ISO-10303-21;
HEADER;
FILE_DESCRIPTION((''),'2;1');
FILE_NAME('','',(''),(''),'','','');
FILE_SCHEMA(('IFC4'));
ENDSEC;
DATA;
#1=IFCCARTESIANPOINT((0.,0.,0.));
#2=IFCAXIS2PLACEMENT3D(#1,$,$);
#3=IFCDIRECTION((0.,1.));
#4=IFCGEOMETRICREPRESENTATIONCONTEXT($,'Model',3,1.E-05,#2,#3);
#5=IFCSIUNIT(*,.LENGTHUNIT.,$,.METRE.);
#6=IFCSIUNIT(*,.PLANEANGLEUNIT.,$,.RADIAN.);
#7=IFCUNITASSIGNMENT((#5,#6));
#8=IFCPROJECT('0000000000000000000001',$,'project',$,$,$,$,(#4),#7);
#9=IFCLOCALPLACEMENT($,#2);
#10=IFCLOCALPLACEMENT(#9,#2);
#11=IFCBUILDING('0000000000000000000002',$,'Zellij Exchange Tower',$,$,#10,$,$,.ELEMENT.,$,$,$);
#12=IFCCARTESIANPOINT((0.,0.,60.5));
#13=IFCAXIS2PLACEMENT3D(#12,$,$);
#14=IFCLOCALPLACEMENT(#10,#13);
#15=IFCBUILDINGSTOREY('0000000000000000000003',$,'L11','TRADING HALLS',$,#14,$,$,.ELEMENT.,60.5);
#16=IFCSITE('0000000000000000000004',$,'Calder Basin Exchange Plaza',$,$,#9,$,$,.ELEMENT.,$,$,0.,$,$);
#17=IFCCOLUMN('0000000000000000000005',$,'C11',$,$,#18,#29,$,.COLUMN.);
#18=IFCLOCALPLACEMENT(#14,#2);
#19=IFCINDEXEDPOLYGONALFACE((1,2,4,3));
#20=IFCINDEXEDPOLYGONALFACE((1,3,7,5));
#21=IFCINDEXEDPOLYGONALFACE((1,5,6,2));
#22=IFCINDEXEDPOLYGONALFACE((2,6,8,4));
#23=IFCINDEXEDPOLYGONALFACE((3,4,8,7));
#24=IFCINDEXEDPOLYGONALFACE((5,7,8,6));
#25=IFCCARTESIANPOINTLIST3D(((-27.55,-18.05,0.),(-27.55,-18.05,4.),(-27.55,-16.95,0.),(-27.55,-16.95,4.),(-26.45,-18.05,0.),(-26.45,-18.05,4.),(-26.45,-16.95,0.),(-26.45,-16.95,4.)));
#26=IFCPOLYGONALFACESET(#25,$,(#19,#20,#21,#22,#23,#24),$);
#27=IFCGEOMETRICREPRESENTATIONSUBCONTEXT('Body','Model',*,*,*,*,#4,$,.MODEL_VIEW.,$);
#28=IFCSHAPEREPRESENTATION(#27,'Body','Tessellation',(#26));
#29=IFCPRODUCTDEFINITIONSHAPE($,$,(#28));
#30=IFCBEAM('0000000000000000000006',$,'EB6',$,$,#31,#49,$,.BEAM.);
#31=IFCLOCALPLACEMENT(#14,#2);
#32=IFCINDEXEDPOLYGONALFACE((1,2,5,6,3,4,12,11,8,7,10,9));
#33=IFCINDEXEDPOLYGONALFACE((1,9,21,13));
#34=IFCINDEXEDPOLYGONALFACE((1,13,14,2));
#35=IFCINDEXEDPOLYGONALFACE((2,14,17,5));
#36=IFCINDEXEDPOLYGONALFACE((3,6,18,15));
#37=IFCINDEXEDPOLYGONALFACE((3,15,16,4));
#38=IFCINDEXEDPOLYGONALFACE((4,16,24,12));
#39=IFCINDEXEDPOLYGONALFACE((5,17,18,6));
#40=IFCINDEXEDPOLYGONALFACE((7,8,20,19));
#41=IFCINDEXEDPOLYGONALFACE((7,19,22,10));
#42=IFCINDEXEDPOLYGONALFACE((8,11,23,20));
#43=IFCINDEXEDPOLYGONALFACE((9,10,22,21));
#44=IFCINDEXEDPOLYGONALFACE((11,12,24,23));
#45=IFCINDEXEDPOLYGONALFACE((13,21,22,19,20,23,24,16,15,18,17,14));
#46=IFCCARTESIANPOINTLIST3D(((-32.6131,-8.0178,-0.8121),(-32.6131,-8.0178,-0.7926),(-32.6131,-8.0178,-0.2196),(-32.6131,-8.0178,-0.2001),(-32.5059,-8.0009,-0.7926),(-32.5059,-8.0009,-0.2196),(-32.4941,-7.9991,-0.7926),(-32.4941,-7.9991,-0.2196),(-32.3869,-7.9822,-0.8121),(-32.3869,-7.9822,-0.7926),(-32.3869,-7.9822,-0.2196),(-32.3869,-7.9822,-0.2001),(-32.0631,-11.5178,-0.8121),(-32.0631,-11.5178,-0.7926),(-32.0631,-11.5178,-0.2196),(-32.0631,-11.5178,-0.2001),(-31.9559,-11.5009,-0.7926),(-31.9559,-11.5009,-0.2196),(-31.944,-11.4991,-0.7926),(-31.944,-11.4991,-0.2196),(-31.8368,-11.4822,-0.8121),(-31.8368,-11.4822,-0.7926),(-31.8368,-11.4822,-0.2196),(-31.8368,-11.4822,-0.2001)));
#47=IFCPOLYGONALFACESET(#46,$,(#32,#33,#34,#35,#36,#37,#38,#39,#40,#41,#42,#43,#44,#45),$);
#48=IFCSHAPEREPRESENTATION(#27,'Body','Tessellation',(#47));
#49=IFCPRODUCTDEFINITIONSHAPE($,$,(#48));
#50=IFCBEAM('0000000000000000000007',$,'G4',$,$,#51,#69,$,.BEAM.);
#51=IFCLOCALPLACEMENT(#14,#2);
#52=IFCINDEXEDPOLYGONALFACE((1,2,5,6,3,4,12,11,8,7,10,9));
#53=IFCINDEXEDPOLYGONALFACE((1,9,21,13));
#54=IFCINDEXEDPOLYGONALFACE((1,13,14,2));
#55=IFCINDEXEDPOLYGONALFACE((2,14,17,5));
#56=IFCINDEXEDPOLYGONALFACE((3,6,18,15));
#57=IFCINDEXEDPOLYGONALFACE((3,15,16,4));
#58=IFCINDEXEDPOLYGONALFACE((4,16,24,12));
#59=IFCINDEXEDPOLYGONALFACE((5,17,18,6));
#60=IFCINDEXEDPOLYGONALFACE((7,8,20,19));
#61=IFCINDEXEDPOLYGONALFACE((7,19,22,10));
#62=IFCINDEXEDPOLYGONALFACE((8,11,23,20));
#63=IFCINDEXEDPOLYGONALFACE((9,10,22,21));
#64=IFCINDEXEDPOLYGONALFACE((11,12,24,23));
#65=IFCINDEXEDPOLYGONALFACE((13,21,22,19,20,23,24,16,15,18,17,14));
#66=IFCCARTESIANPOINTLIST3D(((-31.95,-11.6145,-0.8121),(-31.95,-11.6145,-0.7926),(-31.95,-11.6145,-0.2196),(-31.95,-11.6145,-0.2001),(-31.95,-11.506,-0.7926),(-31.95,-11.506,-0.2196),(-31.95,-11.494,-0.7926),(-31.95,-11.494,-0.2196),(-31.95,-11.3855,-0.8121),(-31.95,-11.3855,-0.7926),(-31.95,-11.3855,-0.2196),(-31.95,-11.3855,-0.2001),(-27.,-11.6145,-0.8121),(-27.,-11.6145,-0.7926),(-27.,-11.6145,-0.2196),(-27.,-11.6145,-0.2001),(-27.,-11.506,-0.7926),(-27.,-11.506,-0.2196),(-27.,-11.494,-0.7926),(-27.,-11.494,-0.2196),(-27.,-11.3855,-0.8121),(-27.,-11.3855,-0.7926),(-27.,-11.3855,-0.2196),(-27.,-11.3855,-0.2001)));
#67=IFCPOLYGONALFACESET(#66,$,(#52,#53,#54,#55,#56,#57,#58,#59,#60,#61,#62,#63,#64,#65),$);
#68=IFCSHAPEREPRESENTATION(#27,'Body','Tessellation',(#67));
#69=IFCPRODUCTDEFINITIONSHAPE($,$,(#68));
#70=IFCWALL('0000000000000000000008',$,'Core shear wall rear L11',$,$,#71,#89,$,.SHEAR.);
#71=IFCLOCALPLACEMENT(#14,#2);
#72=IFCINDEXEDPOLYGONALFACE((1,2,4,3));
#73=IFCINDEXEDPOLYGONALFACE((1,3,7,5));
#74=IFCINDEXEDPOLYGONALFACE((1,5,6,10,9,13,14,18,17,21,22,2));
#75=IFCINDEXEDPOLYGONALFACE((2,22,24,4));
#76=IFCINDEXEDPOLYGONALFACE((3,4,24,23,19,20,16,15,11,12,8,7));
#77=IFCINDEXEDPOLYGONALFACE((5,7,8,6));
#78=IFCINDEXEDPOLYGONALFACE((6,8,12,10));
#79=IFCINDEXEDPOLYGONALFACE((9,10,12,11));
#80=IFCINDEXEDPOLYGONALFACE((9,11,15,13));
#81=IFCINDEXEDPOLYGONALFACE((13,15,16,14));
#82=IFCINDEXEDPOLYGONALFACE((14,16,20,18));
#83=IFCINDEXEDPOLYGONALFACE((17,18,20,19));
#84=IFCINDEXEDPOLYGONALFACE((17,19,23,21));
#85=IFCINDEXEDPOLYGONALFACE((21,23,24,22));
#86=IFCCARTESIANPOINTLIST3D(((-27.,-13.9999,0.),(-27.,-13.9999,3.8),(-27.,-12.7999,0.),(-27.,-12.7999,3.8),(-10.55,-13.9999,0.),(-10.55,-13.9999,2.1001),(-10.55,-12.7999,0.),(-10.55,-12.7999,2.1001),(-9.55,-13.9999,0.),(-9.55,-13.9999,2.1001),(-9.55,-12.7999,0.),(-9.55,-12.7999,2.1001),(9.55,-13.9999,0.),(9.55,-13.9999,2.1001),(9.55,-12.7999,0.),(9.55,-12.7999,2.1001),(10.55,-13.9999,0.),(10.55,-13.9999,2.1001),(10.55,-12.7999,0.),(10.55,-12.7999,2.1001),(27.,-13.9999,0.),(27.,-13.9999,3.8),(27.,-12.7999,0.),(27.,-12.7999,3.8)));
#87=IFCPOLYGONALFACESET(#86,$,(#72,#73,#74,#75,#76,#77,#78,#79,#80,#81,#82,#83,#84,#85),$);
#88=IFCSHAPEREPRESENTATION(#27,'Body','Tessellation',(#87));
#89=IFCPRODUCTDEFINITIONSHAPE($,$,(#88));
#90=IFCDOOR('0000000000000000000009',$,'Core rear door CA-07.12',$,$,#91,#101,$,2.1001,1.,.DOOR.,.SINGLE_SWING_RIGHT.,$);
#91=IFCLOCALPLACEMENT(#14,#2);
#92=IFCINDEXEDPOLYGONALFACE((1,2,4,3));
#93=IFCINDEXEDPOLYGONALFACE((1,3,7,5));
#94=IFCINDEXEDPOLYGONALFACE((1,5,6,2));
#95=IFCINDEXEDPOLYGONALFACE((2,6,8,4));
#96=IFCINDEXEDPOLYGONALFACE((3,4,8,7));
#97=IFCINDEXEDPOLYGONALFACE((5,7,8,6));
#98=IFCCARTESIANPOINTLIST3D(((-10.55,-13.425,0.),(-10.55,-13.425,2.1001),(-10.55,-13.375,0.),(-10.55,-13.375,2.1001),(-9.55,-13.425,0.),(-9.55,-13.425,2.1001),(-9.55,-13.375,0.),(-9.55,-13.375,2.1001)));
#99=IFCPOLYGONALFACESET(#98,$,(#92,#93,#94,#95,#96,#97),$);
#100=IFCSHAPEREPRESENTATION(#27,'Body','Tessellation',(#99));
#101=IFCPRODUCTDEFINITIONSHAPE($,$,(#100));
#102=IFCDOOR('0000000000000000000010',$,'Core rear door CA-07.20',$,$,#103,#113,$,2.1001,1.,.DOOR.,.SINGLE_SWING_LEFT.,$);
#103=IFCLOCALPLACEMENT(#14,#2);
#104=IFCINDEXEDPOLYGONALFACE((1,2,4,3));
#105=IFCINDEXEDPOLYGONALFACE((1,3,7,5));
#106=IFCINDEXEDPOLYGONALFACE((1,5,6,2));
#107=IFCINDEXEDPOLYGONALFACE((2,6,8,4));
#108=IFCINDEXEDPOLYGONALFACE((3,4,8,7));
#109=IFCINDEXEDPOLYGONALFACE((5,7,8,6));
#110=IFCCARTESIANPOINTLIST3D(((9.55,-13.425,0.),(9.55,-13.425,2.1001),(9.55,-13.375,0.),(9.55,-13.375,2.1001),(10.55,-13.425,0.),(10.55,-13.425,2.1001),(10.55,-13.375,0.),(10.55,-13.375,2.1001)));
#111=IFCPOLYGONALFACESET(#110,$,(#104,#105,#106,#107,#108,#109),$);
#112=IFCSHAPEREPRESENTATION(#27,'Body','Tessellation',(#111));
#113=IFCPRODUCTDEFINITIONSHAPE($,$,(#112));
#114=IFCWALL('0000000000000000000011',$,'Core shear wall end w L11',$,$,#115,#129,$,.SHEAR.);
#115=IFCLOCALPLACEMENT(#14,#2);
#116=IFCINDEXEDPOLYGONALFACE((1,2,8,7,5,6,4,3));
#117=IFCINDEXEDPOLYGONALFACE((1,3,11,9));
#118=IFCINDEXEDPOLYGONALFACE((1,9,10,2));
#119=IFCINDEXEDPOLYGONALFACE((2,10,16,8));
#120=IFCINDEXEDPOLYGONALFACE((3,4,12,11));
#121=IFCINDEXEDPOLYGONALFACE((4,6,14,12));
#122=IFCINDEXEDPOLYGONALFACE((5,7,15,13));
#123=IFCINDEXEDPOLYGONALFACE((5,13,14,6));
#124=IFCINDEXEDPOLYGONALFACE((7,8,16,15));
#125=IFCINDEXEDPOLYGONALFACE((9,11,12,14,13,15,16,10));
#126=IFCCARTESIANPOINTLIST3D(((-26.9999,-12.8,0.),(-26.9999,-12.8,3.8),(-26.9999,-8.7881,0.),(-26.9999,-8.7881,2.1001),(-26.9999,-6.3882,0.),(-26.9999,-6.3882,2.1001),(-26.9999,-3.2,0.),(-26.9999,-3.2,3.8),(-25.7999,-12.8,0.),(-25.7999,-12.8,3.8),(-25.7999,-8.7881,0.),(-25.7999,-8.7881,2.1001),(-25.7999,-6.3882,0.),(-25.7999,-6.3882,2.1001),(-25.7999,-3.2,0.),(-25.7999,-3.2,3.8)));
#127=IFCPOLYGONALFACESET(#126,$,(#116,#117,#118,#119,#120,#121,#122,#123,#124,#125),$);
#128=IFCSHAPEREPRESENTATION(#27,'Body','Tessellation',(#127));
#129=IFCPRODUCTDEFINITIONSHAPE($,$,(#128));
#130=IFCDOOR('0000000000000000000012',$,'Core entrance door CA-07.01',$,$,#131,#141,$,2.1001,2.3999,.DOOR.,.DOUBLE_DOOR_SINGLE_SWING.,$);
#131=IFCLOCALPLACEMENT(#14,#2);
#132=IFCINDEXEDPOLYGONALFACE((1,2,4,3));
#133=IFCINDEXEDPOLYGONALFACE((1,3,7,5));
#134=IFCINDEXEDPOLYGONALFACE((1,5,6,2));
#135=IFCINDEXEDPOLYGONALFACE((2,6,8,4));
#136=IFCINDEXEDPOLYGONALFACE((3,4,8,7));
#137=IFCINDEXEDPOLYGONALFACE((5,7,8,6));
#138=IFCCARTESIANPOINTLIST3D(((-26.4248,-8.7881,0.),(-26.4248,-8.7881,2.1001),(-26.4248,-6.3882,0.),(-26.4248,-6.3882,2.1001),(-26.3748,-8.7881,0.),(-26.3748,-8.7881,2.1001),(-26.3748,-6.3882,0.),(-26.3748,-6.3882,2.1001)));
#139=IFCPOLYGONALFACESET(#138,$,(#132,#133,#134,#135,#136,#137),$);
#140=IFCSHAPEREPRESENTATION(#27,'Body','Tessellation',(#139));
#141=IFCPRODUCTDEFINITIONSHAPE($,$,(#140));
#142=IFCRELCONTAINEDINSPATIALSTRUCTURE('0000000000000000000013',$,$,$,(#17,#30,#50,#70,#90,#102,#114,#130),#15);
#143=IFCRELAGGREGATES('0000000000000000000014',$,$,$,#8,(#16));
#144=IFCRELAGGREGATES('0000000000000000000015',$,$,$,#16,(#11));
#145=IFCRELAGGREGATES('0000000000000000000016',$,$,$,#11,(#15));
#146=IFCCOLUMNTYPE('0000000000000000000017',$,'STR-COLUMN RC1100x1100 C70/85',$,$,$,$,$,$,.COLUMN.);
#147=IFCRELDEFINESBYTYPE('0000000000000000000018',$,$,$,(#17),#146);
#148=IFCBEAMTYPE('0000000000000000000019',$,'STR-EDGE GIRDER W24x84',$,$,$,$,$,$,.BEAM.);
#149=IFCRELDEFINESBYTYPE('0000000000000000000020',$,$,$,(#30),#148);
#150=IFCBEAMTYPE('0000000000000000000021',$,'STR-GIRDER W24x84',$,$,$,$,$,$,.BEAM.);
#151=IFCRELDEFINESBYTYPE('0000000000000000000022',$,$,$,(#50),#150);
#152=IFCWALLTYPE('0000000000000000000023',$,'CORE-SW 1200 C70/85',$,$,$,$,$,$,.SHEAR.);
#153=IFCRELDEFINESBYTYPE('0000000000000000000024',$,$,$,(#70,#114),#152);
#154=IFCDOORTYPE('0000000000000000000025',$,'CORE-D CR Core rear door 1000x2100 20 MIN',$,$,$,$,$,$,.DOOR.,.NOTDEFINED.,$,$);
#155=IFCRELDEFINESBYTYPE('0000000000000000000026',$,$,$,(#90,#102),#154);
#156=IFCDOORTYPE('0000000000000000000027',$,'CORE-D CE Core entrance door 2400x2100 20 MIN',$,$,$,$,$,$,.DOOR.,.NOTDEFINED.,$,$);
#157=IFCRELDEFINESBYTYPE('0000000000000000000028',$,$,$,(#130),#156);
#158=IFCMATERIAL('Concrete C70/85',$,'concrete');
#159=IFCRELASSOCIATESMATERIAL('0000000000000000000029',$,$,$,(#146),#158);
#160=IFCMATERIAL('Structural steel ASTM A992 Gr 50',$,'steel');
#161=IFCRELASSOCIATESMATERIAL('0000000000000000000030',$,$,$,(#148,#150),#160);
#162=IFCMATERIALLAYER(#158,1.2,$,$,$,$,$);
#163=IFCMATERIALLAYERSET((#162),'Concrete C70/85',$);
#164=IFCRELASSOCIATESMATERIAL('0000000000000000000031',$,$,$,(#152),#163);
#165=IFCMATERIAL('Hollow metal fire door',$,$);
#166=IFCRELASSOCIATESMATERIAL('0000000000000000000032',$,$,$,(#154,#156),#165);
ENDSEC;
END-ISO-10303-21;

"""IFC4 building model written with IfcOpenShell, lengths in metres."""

from ifc_helpers import new_model, si_unit, direction, frame, frame_2d, origin, origin_2d, place, context, subcontext, project, spatial, rectangle, i_section, extrude, material, layer, layer_set, material_profile, profile_set, type_object, element, fill, save


model = new_model("IFC4")

# Units and contexts
model_context = context("Model", 3, precision=1e-05, world=origin(), true_north=direction((0.0, 1.0)))
body_context = subcontext(model_context, "Body", "Model", "MODEL_VIEW")
ifc_project = project(units=[si_unit("LENGTHUNIT", "METRE"), si_unit("PLANEANGLEUNIT", "RADIAN")], contexts=[model_context])

# Site, building, storey
site_placement = place(None, origin())
site = spatial("IfcSite", under=ifc_project, at=site_placement, Name="Calder Basin Exchange Plaza", CompositionType="ELEMENT", RefElevation=0.0)
building_placement = place(site_placement, origin())
building = spatial("IfcBuilding", under=site, at=building_placement, Name="Zellij Exchange Tower", CompositionType="ELEMENT")
storey_placement = place(building_placement, frame((0.0, 0.0, 60.5)))
storey = spatial("IfcBuildingStorey", under=building, at=storey_placement, Name="L11", Description="TRADING HALLS", CompositionType="ELEMENT", Elevation=60.5)

# Column
ifc_material_1 = material(Name="Concrete C70/85", Category="concrete")
ifc_material_profile_1 = material_profile(ifc_material_1, rectangle(XDim=1.1001, YDim=1.1001, at=origin_2d()), Name="STR-COLUMN RC1100x1100 C70/85")
ifc_profile_set_1 = profile_set([ifc_material_profile_1], Name="Concrete C70/85")
column_type = type_object("IfcColumnType", Name="STR-COLUMN RC1100x1100 C70/85", PredefinedType="COLUMN", material=ifc_profile_set_1)
column_placement = place(storey_placement, frame((-27.0, -17.5, 0.0), z_axis=(0.0, 0.0, 1.0), x_axis=(1.0, 0.0, 0.0)))
element("IfcColumn", 1, at=column_placement, inside=storey, type_object=column_type, Name="C11", PredefinedType="COLUMN", context=body_context, shape_type="SweptSolid", body=[
    extrude(rectangle(XDim=1.1001, YDim=1.1001, at=origin_2d()), origin(), (0.0, 0.0, 1.0), 4.0),
])

# Beams
ifc_material_2 = material(Name="Structural steel ASTM A992 Gr 50", Category="steel")
ifc_material_profile_2 = material_profile(ifc_material_2, i_section(OverallWidth=0.229, OverallDepth=0.6121, WebThickness=0.012, FlangeThickness=0.0195, at=origin_2d()), Name="W24x84")
ifc_profile_set_2 = profile_set([ifc_material_profile_2], Name="Structural steel ASTM A992 Gr 50")
beam_type_1 = type_object("IfcBeamType", Name="STR-EDGE GIRDER W24x84", PredefinedType="BEAM", material=ifc_profile_set_2)
beam_1_placement = place(storey_placement, frame((-31.95, -11.5, -0.5061), z_axis=(-0.155251, 0.987875, 0.0), x_axis=(-0.987875, -0.155251, 0.0)))
element("IfcBeam", 2, at=beam_1_placement, inside=storey, type_object=beam_type_1, Name="EB6", PredefinedType="BEAM", context=body_context, shape_type="SweptSolid", body=[
    extrude(i_section(OverallWidth=0.229, OverallDepth=0.6121, WebThickness=0.012, FlangeThickness=0.0195, at=origin_2d()), origin(), (0.0, 0.0, 1.0), 3.543),
])
ifc_material_profile_3 = material_profile(ifc_material_2, i_section(OverallWidth=0.229, OverallDepth=0.6121, WebThickness=0.012, FlangeThickness=0.0195, at=origin_2d()), Name="W24x84")
ifc_profile_set_3 = profile_set([ifc_material_profile_3], Name="Structural steel ASTM A992 Gr 50")
beam_type_2 = type_object("IfcBeamType", Name="STR-GIRDER W24x84", PredefinedType="BEAM", material=ifc_profile_set_3)
beam_2_placement = place(storey_placement, frame((-31.95, -11.5, -0.5061), z_axis=(1.0, 0.0, 0.0), x_axis=(0.0, 1.0, 0.0)))
element("IfcBeam", 3, at=beam_2_placement, inside=storey, type_object=beam_type_2, Name="G4", PredefinedType="BEAM", context=body_context, shape_type="SweptSolid", body=[
    extrude(i_section(OverallWidth=0.229, OverallDepth=0.6121, WebThickness=0.012, FlangeThickness=0.0195, at=origin_2d()), origin(), (0.0, 0.0, 1.0), 4.95),
])

# Wall, openings, doors
ifc_layer_1 = layer(ifc_material_1, 1.2)
ifc_layer_set_1 = layer_set([ifc_layer_1], Name="Concrete C70/85")
wall_type_1 = type_object("IfcWallType", Name="CORE-SW 1200 C70/85", PredefinedType="SHEAR", material=ifc_layer_set_1)
wall_1_placement = place(storey_placement, frame((-27.0, -13.3999, 0.0), z_axis=(0.0, 0.0, 1.0), x_axis=(1.0, 0.0, 0.0)))
wall_1 = element("IfcWall", 4, at=wall_1_placement, inside=storey, type_object=wall_type_1, Name="Core shear wall rear L11", PredefinedType="SHEAR", context=body_context, shape_type="SweptSolid", body=[
    extrude(rectangle(XDim=54.0, YDim=1.2, at=frame_2d((27.0, 0.0))), origin(), (0.0, 0.0, 1.0), 3.8),
])
opening_1_placement = place(wall_1_placement, frame((16.45, 0.0, 0.0)))
opening_1 = element("IfcOpeningElement", 5, at=opening_1_placement, cuts=wall_1, PredefinedType="OPENING", context=body_context, shape_type="SweptSolid", body=[
    extrude(rectangle(XDim=1.0, YDim=2.1001, at=frame_2d((0.5, 1.05))), frame((0.0, 0.6118, 0.0), z_axis=(0.0, -1.0, 0.0), x_axis=(1.0, 0.0, 0.0)), (0.0, 0.0, 1.0), 1.2239),
])
opening_2_placement = place(wall_1_placement, frame((36.55, 0.0, 0.0)))
opening_2 = element("IfcOpeningElement", 6, at=opening_2_placement, cuts=wall_1, PredefinedType="OPENING", context=body_context, shape_type="SweptSolid", body=[
    extrude(rectangle(XDim=1.0, YDim=2.1001, at=frame_2d((0.5, 1.05))), frame((0.0, 0.6118, 0.0), z_axis=(0.0, -1.0, 0.0), x_axis=(1.0, 0.0, 0.0)), (0.0, 0.0, 1.0), 1.2239),
])
ifc_material_3 = material(Name="Hollow metal fire door")
door_type_1 = type_object("IfcDoorType", Name="CORE-D CR Core rear door 1000x2100 20 MIN", OperationType="NOTDEFINED", PredefinedType="DOOR", material=ifc_material_3)
door_1_placement = place(opening_1_placement, origin())
door_1 = element("IfcDoor", 7, at=door_1_placement, inside=storey, type_object=door_type_1, Name="Core rear door CA-07.12", OperationType="SINGLE_SWING_RIGHT", OverallHeight=2.1001, OverallWidth=1.0, PredefinedType="DOOR", context=body_context, shape_type="SweptSolid", body=[
    extrude(rectangle(XDim=1.0, YDim=2.1001, at=frame_2d((0.5, 1.05))), frame((0.0, 0.0249, 0.0), z_axis=(0.0, -1.0, 0.0), x_axis=(1.0, 0.0, 0.0)), (0.0, 0.0, 1.0), 0.05),
])
fill(opening_1, door_1)
door_2_placement = place(opening_2_placement, origin())
door_2 = element("IfcDoor", 8, at=door_2_placement, inside=storey, type_object=door_type_1, Name="Core rear door CA-07.20", OperationType="SINGLE_SWING_LEFT", OverallHeight=2.1001, OverallWidth=1.0, PredefinedType="DOOR", context=body_context, shape_type="SweptSolid", body=[
    extrude(rectangle(XDim=1.0, YDim=2.1001, at=frame_2d((0.5, 1.05))), frame((0.0, 0.0249, 0.0), z_axis=(0.0, -1.0, 0.0), x_axis=(1.0, 0.0, 0.0)), (0.0, 0.0, 1.0), 0.05),
])
fill(opening_2, door_2)

# Wall, opening, door
wall_2_placement = place(storey_placement, frame((-26.3999, -12.8, 0.0), z_axis=(0.0, 0.0, 1.0), x_axis=(0.0, 1.0, 0.0)))
wall_2 = element("IfcWall", 9, at=wall_2_placement, inside=storey, type_object=wall_type_1, Name="Core shear wall end w L11", PredefinedType="SHEAR", context=body_context, shape_type="SweptSolid", body=[
    extrude(rectangle(XDim=9.6001, YDim=1.2, at=frame_2d((4.8, 0.0))), origin(), (0.0, 0.0, 1.0), 3.8),
])
opening_3_placement = place(wall_2_placement, frame((4.012, 0.0, 0.0)))
opening_3 = element("IfcOpeningElement", 10, at=opening_3_placement, cuts=wall_2, PredefinedType="OPENING", context=body_context, shape_type="SweptSolid", body=[
    extrude(rectangle(XDim=2.3999, YDim=2.1001, at=frame_2d((1.2, 1.05))), frame((0.0, 0.6118, 0.0), z_axis=(0.0, -1.0, 0.0), x_axis=(1.0, 0.0, 0.0)), (0.0, 0.0, 1.0), 1.2239),
])
door_type_2 = type_object("IfcDoorType", Name="CORE-D CE Core entrance door 2400x2100 20 MIN", OperationType="NOTDEFINED", PredefinedType="DOOR", material=ifc_material_3)
door_3_placement = place(opening_3_placement, origin())
door_3 = element("IfcDoor", 11, at=door_3_placement, inside=storey, type_object=door_type_2, Name="Core entrance door CA-07.01", OperationType="DOUBLE_DOOR_SINGLE_SWING", OverallHeight=2.1001, OverallWidth=2.3999, PredefinedType="DOOR", context=body_context, shape_type="SweptSolid", body=[
    extrude(rectangle(XDim=2.3999, YDim=2.1001, at=frame_2d((1.2, 1.05))), frame((0.0, 0.0249, 0.0), z_axis=(0.0, -1.0, 0.0), x_axis=(1.0, 0.0, 0.0)), (0.0, 0.0, 1.0), 0.05),
])
fill(opening_3, door_3)

save(model, "model.ifc")
